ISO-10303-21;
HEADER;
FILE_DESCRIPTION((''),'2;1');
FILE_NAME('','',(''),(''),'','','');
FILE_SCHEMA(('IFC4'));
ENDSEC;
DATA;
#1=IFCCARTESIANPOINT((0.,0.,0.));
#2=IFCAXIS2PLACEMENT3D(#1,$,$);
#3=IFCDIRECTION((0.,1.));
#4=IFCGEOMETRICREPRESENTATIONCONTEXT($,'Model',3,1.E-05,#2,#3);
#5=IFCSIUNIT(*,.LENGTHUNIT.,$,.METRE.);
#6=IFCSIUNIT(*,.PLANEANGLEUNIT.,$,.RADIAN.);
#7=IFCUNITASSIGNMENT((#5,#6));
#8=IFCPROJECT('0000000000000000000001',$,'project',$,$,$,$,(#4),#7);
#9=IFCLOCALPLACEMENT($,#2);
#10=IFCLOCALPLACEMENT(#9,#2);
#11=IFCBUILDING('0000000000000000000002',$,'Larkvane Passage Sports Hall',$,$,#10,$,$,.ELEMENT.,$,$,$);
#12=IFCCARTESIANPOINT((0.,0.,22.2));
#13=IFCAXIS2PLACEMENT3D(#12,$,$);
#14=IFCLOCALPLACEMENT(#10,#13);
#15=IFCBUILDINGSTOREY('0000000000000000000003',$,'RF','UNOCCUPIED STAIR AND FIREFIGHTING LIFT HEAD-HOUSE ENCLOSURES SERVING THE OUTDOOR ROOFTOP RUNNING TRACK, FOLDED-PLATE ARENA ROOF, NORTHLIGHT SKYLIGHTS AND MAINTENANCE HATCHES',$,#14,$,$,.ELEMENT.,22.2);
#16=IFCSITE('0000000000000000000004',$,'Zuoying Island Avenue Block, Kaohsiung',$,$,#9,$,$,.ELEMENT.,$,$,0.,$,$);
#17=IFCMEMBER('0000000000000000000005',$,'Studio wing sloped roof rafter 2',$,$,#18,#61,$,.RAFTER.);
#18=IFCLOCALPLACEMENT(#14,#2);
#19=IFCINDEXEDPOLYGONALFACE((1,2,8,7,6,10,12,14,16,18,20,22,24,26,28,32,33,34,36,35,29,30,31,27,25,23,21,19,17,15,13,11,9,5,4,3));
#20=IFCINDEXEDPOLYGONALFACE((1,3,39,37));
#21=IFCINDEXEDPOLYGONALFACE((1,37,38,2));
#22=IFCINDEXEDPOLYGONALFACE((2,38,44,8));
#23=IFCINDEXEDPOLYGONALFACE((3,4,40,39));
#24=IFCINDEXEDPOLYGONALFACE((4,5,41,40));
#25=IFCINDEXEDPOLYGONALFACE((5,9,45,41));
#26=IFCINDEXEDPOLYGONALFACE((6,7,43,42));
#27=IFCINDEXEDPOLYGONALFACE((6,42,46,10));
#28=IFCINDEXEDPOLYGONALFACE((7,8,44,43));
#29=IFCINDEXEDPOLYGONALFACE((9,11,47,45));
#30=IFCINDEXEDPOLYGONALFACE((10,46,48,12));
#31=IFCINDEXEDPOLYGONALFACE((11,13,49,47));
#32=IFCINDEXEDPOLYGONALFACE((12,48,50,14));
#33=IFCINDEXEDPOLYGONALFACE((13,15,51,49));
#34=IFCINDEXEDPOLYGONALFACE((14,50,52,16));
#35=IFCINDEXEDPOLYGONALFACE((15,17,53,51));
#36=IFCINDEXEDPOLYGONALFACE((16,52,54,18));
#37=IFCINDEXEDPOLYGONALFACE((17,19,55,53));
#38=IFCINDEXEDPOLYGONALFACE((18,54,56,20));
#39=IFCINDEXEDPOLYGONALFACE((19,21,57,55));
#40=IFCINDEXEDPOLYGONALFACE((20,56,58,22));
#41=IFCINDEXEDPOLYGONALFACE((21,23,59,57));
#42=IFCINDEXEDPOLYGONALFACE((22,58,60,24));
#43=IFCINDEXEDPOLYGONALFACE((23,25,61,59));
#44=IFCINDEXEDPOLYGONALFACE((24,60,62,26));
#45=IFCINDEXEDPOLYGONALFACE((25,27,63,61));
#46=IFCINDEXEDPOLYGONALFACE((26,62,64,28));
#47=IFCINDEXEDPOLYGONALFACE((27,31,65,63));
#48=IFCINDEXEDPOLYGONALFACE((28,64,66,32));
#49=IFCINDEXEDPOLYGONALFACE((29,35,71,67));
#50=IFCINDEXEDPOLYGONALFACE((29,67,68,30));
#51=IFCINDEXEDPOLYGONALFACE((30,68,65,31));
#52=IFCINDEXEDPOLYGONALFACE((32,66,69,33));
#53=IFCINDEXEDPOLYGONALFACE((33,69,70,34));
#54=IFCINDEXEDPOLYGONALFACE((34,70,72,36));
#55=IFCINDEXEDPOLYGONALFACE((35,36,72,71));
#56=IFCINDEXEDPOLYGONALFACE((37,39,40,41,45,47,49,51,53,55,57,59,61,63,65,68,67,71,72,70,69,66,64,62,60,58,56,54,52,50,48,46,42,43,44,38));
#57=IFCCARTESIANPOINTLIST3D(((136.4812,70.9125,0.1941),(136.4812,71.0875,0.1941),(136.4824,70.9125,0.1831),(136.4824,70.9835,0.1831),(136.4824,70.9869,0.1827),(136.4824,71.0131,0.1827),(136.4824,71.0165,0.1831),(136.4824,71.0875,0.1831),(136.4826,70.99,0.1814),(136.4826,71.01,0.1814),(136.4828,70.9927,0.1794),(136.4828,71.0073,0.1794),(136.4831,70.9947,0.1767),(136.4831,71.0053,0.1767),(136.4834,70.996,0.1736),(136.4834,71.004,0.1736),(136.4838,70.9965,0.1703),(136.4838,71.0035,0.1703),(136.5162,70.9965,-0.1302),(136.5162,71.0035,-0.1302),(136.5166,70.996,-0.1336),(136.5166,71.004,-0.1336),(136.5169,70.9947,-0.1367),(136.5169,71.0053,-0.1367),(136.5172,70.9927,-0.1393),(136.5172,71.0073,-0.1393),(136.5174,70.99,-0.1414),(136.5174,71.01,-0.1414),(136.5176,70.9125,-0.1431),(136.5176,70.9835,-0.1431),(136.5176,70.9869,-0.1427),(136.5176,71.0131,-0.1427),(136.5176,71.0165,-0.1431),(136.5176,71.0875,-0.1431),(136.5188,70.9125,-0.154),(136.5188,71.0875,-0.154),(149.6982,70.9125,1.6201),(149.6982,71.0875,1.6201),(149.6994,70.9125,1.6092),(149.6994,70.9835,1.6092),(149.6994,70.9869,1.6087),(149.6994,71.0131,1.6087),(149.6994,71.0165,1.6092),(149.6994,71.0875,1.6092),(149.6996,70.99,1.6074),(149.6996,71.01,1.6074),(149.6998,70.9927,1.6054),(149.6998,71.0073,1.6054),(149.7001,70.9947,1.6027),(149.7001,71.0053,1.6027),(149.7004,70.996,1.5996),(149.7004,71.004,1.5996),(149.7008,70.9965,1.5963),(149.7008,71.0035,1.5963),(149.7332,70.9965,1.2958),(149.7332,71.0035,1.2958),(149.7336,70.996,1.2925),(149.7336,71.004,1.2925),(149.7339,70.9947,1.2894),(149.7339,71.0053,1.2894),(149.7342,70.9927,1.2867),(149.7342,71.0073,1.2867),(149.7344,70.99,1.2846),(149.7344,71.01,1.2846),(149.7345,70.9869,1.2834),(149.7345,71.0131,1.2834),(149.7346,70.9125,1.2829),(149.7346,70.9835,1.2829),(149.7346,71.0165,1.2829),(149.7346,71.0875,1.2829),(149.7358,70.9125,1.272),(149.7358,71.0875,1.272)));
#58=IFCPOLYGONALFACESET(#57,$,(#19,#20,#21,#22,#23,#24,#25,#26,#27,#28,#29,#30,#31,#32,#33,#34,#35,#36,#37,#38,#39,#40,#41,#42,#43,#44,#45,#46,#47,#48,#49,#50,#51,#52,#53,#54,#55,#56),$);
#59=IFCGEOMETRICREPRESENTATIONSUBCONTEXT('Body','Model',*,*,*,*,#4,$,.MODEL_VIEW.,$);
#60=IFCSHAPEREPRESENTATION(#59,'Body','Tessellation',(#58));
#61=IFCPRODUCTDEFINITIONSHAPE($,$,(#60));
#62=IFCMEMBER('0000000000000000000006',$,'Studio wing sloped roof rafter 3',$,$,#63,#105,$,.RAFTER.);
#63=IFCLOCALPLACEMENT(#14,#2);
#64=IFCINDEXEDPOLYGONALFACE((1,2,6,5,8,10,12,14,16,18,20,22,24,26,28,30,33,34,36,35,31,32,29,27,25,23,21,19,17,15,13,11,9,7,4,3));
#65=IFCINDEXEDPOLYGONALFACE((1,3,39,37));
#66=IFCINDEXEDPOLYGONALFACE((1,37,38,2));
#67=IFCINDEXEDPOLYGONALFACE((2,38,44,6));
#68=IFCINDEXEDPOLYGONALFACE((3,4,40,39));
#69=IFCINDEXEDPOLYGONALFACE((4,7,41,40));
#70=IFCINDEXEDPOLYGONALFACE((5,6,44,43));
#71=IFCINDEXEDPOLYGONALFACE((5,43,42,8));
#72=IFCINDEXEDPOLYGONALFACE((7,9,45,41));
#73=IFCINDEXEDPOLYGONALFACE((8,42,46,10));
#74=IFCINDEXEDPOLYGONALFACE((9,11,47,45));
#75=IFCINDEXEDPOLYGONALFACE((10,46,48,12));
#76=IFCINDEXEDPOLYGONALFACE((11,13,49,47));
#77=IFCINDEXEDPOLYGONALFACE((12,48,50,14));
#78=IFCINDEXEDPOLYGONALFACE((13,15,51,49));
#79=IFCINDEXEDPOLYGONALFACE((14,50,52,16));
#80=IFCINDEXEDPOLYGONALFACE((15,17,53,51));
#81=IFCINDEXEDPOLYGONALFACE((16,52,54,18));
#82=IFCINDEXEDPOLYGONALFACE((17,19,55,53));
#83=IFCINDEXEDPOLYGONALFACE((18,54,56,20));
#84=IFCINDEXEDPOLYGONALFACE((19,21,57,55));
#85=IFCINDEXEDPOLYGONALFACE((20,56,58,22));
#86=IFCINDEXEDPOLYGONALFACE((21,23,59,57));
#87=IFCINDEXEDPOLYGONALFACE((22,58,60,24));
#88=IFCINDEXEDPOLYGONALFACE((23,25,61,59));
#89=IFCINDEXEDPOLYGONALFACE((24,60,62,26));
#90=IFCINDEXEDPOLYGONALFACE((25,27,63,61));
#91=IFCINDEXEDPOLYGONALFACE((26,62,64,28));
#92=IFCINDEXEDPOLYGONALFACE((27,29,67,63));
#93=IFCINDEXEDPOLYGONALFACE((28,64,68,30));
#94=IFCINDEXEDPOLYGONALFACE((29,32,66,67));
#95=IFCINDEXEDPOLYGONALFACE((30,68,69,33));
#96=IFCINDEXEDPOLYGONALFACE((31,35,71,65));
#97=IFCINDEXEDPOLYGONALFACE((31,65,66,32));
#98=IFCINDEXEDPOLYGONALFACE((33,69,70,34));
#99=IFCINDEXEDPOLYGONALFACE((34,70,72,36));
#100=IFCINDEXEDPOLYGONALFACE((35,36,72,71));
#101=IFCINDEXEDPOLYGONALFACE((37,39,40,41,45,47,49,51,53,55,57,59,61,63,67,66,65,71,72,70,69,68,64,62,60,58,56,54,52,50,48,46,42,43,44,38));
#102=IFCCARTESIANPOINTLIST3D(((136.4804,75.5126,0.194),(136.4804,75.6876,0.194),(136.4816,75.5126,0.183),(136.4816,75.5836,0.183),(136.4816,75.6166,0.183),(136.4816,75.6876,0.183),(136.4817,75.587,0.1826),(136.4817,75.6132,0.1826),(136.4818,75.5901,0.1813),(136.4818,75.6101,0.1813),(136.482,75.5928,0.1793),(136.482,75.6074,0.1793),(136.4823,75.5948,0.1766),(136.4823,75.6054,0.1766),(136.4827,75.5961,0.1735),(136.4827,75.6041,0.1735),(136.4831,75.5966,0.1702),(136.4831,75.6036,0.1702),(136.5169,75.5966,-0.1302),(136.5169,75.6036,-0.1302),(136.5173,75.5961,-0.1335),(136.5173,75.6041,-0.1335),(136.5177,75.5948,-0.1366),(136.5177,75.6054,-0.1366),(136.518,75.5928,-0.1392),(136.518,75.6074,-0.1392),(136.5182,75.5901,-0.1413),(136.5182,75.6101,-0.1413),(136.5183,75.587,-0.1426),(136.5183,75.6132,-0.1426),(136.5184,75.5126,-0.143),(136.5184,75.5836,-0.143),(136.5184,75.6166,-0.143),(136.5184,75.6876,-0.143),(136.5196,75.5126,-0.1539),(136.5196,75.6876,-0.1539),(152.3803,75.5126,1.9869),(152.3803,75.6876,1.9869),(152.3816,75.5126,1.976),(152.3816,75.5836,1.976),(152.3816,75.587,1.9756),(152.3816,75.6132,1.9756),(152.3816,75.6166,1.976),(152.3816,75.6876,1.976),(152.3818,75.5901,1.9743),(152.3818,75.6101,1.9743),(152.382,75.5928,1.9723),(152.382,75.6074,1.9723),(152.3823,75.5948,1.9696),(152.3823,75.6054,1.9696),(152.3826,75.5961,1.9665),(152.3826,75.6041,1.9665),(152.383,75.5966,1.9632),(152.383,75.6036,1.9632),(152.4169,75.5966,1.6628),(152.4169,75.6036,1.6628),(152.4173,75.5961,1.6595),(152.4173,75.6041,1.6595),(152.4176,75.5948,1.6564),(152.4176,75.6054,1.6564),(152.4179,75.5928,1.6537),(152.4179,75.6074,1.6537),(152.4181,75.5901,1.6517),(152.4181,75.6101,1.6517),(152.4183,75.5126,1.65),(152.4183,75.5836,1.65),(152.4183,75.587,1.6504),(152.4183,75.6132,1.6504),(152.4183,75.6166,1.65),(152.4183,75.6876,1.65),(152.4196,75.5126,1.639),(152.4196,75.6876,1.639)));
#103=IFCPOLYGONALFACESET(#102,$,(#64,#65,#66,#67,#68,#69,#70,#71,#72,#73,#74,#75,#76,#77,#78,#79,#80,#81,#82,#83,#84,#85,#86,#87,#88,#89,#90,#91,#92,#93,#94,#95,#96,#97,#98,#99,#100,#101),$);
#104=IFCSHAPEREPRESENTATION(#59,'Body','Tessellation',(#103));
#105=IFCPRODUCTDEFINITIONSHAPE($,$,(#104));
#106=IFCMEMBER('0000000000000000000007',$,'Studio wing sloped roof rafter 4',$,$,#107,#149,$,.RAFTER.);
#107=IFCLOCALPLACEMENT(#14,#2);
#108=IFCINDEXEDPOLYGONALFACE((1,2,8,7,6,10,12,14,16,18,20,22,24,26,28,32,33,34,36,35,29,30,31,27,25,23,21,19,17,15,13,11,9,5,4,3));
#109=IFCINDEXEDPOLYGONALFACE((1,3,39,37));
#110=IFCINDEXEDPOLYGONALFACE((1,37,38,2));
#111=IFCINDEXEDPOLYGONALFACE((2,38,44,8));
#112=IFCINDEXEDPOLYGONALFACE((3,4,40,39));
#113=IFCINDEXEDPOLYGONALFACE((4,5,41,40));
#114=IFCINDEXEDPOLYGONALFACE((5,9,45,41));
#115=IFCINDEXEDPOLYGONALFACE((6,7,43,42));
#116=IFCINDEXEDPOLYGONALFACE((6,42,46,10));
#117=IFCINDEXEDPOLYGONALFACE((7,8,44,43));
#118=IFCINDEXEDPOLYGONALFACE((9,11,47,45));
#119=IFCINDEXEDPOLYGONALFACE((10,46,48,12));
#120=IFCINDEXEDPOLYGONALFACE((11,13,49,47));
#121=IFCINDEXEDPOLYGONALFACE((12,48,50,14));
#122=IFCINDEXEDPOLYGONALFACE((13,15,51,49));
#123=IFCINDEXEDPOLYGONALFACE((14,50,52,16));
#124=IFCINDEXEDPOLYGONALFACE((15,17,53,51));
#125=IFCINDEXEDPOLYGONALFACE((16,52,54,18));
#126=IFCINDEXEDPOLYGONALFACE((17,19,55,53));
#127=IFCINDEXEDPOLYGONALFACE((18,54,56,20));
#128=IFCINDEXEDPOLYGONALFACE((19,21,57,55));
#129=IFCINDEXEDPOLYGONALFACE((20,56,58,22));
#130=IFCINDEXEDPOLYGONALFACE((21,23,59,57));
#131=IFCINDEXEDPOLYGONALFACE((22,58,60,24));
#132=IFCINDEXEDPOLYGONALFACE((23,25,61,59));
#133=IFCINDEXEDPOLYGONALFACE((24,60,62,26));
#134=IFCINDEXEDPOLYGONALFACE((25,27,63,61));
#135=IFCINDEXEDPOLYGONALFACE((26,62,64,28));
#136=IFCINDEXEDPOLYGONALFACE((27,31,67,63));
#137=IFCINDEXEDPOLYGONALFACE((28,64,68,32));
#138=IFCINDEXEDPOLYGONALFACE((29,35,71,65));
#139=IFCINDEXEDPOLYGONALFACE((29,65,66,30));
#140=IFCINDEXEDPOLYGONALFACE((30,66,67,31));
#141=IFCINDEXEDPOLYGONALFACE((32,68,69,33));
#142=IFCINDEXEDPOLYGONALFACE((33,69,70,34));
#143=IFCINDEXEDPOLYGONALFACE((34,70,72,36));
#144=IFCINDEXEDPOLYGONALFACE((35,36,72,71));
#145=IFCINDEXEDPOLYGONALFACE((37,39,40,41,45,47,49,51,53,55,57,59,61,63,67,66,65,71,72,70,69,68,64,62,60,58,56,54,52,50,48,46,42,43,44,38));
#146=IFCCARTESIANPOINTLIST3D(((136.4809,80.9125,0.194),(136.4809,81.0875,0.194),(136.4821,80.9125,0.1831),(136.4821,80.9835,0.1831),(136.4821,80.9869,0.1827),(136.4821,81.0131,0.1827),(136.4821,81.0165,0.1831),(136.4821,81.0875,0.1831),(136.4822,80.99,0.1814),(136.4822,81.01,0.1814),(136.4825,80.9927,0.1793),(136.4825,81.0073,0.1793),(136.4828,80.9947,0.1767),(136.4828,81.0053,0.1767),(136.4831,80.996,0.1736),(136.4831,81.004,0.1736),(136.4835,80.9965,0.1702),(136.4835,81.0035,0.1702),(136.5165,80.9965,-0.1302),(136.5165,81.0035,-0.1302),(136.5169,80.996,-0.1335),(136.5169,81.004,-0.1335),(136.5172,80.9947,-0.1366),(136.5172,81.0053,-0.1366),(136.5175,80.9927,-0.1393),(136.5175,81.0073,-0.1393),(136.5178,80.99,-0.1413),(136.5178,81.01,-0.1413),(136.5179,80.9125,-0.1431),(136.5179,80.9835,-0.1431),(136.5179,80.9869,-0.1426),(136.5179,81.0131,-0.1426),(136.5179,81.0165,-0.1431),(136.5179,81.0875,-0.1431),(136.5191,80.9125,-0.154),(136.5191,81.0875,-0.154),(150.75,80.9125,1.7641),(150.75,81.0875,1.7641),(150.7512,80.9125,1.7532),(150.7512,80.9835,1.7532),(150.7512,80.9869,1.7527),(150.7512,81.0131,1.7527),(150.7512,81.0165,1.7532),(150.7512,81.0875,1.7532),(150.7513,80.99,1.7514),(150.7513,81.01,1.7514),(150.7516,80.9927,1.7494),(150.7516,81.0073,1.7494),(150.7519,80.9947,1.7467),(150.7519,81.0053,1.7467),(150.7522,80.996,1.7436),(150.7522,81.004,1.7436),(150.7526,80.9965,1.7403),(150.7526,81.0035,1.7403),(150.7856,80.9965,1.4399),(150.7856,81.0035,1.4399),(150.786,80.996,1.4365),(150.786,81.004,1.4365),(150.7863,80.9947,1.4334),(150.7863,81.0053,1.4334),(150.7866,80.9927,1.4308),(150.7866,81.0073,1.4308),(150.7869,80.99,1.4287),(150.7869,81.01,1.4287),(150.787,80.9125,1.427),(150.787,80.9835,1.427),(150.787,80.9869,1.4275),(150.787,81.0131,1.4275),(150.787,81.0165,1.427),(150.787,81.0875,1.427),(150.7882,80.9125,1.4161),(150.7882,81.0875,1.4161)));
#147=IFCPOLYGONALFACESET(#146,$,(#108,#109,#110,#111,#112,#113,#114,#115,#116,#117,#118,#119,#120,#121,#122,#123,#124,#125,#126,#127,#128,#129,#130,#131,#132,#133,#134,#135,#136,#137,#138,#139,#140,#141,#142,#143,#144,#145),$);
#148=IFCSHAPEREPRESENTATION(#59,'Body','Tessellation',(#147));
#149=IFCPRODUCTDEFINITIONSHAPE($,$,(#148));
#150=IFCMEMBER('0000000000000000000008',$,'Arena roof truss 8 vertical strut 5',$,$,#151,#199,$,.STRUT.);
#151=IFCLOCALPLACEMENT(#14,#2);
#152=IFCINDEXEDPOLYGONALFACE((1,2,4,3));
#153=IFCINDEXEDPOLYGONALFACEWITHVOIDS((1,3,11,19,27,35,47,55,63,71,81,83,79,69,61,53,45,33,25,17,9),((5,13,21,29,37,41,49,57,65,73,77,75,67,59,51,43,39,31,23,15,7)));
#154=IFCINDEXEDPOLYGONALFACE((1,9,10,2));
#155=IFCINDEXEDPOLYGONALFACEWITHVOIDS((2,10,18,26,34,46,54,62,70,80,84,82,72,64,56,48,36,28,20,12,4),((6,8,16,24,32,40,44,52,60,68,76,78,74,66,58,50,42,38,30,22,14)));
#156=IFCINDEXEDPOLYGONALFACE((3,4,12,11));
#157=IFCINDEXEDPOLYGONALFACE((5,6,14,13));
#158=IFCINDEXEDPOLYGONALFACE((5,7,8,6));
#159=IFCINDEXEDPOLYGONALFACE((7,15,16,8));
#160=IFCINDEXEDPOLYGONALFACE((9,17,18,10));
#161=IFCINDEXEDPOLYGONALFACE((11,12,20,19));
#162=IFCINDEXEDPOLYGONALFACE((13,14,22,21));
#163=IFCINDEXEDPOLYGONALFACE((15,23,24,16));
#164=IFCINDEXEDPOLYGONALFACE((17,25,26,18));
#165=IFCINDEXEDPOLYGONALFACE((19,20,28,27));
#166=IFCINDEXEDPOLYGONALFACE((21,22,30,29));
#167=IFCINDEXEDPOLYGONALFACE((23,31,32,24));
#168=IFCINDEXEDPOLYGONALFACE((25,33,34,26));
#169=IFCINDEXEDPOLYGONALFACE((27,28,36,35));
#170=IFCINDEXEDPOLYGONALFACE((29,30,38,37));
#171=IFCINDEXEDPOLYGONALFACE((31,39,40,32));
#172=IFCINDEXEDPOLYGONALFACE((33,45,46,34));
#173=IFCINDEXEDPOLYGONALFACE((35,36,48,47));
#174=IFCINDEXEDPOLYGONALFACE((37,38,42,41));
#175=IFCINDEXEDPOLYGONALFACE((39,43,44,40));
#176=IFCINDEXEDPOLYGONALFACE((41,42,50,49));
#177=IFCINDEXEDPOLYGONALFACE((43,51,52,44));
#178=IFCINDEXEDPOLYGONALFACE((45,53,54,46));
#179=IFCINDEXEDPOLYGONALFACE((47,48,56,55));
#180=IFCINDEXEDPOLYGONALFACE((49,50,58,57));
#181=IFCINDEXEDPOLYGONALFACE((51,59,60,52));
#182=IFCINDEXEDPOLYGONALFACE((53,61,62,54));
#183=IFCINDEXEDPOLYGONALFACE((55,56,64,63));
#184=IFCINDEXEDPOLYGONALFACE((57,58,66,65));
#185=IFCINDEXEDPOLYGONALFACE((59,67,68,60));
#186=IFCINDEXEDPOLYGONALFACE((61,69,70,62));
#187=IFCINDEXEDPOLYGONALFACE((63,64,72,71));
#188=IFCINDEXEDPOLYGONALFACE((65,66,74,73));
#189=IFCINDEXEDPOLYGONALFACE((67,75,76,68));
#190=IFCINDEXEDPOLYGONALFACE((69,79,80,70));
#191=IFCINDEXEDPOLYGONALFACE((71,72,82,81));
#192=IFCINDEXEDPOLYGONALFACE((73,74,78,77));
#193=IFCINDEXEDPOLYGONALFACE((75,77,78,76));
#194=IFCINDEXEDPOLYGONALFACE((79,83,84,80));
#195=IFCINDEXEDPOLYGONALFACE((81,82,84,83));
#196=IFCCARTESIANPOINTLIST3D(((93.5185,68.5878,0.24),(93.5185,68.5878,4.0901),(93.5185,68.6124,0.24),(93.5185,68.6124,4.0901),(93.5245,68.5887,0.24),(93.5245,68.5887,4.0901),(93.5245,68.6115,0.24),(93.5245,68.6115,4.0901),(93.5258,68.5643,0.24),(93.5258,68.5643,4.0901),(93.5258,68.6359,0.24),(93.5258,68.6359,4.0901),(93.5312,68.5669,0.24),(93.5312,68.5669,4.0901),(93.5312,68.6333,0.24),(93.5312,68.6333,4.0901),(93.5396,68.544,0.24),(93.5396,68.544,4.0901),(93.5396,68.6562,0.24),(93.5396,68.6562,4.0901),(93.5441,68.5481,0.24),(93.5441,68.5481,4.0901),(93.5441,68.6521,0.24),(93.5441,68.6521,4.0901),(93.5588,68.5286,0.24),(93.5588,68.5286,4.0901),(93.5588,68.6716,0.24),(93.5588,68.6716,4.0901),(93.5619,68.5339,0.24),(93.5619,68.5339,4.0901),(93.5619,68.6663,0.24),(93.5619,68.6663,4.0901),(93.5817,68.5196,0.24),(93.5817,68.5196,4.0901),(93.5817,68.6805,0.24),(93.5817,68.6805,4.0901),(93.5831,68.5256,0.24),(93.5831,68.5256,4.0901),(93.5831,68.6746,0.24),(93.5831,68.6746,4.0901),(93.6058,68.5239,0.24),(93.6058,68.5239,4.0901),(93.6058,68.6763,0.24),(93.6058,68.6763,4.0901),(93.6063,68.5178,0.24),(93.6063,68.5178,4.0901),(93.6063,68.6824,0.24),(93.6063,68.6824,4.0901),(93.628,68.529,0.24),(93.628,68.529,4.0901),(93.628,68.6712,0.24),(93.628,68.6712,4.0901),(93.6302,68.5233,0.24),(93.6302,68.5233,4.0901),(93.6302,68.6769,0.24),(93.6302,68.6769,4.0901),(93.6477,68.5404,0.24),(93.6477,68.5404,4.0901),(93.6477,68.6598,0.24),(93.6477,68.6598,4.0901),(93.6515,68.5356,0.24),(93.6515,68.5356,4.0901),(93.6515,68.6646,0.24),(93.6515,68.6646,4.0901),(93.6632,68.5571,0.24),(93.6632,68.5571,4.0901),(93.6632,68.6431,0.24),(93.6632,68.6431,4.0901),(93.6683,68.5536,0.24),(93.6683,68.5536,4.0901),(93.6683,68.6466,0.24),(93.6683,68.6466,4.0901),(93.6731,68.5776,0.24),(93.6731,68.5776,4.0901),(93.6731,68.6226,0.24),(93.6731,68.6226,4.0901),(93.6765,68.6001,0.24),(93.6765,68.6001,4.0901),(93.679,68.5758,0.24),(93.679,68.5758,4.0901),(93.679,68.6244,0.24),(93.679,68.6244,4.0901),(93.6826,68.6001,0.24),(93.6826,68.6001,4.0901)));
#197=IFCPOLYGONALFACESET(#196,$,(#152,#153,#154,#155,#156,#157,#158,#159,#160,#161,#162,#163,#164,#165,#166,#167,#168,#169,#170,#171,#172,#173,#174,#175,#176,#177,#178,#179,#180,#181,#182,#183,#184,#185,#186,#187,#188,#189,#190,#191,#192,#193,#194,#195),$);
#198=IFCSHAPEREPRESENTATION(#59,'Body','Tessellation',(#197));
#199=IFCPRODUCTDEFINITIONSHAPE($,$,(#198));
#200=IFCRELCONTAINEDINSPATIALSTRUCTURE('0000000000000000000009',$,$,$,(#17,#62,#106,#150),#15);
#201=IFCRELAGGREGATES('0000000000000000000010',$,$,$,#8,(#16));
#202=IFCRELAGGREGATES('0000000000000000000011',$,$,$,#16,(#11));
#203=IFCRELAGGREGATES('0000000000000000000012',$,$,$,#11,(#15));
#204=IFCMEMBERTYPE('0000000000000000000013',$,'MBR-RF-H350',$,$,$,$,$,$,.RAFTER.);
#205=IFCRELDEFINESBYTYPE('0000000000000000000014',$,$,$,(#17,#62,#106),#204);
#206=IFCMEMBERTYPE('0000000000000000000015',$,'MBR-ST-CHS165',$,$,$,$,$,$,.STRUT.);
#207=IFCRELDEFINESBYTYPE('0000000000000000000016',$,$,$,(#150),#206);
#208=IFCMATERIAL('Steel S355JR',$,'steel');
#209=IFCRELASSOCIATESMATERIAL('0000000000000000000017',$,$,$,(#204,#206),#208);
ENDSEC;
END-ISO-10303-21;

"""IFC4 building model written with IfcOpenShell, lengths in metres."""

from ifc_helpers import new_model, si_unit, direction, frame, origin, origin_2d, place, context, subcontext, project, spatial, hollow_circle, i_section, extrude, material, material_profile, profile_set, type_object, element, save


model = new_model("IFC4")

# Units and contexts
model_context = context("Model", 3, precision=1e-05, world=origin(), true_north=direction((0.0, 1.0)))
body_context = subcontext(model_context, "Body", "Model", "MODEL_VIEW")
ifc_project = project(units=[si_unit("LENGTHUNIT", "METRE"), si_unit("PLANEANGLEUNIT", "RADIAN")], contexts=[model_context])

# Site, building, storey
site_placement = place(None, origin())
site = spatial("IfcSite", under=ifc_project, at=site_placement, Name="Zuoying Island Avenue Block, Kaohsiung", CompositionType="ELEMENT", RefElevation=0.0)
building_placement = place(site_placement, origin())
building = spatial("IfcBuilding", under=site, at=building_placement, Name="Larkvane Passage Sports Hall", CompositionType="ELEMENT")
storey_placement = place(building_placement, frame((0.0, 0.0, 22.2)))
storey = spatial("IfcBuildingStorey", under=building, at=storey_placement, Name="RF", Description="UNOCCUPIED STAIR AND FIREFIGHTING LIFT HEAD-HOUSE ENCLOSURES SERVING THE OUTDOOR ROOFTOP RUNNING TRACK, FOLDED-PLATE ARENA ROOF, NORTHLIGHT SKYLIGHTS AND MAINTENANCE HATCHES", CompositionType="ELEMENT", Elevation=22.2)

# Shared definitions
ifc_material_1 = material(Name="Steel S355JR", Category="steel")

# Members
ifc_material_profile_1 = material_profile(ifc_material_1, i_section(OverallWidth=0.175, OverallDepth=0.3501, WebThickness=0.0071, FlangeThickness=0.011, FilletRadius=0.0129, at=origin_2d()), Name="H-350x175x7x11")
ifc_profile_set_1 = profile_set([ifc_material_profile_1], Name="Steel S355JR")
member_type_1 = type_object("IfcMemberType", Name="MBR-RF-H350", PredefinedType="RAFTER", material=ifc_profile_set_1)
member_1_placement = place(storey_placement, frame((136.5, 71.0, 0.02), z_axis=(0.99423, 0.0, 0.10727), x_axis=(0.0, 1.0, 0.0)))
element("IfcMember", 1, at=member_1_placement, inside=storey, type_object=member_type_1, Name="Studio wing sloped roof rafter 2", PredefinedType="RAFTER", context=body_context, shape_type="SweptSolid", body=[
    extrude(i_section(OverallWidth=0.175, OverallDepth=0.3501, WebThickness=0.0071, FlangeThickness=0.011, FilletRadius=0.0129, at=origin_2d()), origin(), (0.0, 0.0, 1.0), 13.2937),
])
member_2_placement = place(storey_placement, frame((136.5, 75.6001, 0.02), z_axis=(0.993702, 0.0, 0.112056), x_axis=(0.0, 1.0, 0.0)))
element("IfcMember", 2, at=member_2_placement, inside=storey, type_object=member_type_1, Name="Studio wing sloped roof rafter 3", PredefinedType="RAFTER", context=body_context, shape_type="SweptSolid", body=[
    extrude(i_section(OverallWidth=0.175, OverallDepth=0.3501, WebThickness=0.0071, FlangeThickness=0.011, FilletRadius=0.0129, at=origin_2d()), origin(), (0.0, 0.0, 1.0), 16.0007),
])
member_3_placement = place(storey_placement, frame((136.5, 81.0, 0.02), z_axis=(0.994001, 0.0, 0.109373), x_axis=(0.0, 1.0, 0.0)))
element("IfcMember", 3, at=member_3_placement, inside=storey, type_object=member_type_1, Name="Studio wing sloped roof rafter 4", PredefinedType="RAFTER", context=body_context, shape_type="SweptSolid", body=[
    extrude(i_section(OverallWidth=0.175, OverallDepth=0.3501, WebThickness=0.0071, FlangeThickness=0.011, FilletRadius=0.0129, at=origin_2d()), origin(), (0.0, 0.0, 1.0), 14.3552),
])
ifc_material_profile_2 = material_profile(ifc_material_1, hollow_circle(Radius=0.0825, WallThickness=0.0061, at=origin_2d()), Name="CHS-165.2x6.0")
ifc_profile_set_2 = profile_set([ifc_material_profile_2], Name="Steel S355JR")
member_type_2 = type_object("IfcMemberType", Name="MBR-ST-CHS165", PredefinedType="STRUT", material=ifc_profile_set_2)
member_4_placement = place(storey_placement, frame((93.6001, 68.6001, 0.24), z_axis=(0.0, 0.0, 1.0), x_axis=(1.0, 0.0, 0.0)))
element("IfcMember", 4, at=member_4_placement, inside=storey, type_object=member_type_2, Name="Arena roof truss 8 vertical strut 5", PredefinedType="STRUT", context=body_context, shape_type="SweptSolid", body=[
    extrude(hollow_circle(Radius=0.0825, WallThickness=0.0061, at=origin_2d()), origin(), (0.0, 0.0, 1.0), 3.8501),
])

save(model, "model.ifc")
